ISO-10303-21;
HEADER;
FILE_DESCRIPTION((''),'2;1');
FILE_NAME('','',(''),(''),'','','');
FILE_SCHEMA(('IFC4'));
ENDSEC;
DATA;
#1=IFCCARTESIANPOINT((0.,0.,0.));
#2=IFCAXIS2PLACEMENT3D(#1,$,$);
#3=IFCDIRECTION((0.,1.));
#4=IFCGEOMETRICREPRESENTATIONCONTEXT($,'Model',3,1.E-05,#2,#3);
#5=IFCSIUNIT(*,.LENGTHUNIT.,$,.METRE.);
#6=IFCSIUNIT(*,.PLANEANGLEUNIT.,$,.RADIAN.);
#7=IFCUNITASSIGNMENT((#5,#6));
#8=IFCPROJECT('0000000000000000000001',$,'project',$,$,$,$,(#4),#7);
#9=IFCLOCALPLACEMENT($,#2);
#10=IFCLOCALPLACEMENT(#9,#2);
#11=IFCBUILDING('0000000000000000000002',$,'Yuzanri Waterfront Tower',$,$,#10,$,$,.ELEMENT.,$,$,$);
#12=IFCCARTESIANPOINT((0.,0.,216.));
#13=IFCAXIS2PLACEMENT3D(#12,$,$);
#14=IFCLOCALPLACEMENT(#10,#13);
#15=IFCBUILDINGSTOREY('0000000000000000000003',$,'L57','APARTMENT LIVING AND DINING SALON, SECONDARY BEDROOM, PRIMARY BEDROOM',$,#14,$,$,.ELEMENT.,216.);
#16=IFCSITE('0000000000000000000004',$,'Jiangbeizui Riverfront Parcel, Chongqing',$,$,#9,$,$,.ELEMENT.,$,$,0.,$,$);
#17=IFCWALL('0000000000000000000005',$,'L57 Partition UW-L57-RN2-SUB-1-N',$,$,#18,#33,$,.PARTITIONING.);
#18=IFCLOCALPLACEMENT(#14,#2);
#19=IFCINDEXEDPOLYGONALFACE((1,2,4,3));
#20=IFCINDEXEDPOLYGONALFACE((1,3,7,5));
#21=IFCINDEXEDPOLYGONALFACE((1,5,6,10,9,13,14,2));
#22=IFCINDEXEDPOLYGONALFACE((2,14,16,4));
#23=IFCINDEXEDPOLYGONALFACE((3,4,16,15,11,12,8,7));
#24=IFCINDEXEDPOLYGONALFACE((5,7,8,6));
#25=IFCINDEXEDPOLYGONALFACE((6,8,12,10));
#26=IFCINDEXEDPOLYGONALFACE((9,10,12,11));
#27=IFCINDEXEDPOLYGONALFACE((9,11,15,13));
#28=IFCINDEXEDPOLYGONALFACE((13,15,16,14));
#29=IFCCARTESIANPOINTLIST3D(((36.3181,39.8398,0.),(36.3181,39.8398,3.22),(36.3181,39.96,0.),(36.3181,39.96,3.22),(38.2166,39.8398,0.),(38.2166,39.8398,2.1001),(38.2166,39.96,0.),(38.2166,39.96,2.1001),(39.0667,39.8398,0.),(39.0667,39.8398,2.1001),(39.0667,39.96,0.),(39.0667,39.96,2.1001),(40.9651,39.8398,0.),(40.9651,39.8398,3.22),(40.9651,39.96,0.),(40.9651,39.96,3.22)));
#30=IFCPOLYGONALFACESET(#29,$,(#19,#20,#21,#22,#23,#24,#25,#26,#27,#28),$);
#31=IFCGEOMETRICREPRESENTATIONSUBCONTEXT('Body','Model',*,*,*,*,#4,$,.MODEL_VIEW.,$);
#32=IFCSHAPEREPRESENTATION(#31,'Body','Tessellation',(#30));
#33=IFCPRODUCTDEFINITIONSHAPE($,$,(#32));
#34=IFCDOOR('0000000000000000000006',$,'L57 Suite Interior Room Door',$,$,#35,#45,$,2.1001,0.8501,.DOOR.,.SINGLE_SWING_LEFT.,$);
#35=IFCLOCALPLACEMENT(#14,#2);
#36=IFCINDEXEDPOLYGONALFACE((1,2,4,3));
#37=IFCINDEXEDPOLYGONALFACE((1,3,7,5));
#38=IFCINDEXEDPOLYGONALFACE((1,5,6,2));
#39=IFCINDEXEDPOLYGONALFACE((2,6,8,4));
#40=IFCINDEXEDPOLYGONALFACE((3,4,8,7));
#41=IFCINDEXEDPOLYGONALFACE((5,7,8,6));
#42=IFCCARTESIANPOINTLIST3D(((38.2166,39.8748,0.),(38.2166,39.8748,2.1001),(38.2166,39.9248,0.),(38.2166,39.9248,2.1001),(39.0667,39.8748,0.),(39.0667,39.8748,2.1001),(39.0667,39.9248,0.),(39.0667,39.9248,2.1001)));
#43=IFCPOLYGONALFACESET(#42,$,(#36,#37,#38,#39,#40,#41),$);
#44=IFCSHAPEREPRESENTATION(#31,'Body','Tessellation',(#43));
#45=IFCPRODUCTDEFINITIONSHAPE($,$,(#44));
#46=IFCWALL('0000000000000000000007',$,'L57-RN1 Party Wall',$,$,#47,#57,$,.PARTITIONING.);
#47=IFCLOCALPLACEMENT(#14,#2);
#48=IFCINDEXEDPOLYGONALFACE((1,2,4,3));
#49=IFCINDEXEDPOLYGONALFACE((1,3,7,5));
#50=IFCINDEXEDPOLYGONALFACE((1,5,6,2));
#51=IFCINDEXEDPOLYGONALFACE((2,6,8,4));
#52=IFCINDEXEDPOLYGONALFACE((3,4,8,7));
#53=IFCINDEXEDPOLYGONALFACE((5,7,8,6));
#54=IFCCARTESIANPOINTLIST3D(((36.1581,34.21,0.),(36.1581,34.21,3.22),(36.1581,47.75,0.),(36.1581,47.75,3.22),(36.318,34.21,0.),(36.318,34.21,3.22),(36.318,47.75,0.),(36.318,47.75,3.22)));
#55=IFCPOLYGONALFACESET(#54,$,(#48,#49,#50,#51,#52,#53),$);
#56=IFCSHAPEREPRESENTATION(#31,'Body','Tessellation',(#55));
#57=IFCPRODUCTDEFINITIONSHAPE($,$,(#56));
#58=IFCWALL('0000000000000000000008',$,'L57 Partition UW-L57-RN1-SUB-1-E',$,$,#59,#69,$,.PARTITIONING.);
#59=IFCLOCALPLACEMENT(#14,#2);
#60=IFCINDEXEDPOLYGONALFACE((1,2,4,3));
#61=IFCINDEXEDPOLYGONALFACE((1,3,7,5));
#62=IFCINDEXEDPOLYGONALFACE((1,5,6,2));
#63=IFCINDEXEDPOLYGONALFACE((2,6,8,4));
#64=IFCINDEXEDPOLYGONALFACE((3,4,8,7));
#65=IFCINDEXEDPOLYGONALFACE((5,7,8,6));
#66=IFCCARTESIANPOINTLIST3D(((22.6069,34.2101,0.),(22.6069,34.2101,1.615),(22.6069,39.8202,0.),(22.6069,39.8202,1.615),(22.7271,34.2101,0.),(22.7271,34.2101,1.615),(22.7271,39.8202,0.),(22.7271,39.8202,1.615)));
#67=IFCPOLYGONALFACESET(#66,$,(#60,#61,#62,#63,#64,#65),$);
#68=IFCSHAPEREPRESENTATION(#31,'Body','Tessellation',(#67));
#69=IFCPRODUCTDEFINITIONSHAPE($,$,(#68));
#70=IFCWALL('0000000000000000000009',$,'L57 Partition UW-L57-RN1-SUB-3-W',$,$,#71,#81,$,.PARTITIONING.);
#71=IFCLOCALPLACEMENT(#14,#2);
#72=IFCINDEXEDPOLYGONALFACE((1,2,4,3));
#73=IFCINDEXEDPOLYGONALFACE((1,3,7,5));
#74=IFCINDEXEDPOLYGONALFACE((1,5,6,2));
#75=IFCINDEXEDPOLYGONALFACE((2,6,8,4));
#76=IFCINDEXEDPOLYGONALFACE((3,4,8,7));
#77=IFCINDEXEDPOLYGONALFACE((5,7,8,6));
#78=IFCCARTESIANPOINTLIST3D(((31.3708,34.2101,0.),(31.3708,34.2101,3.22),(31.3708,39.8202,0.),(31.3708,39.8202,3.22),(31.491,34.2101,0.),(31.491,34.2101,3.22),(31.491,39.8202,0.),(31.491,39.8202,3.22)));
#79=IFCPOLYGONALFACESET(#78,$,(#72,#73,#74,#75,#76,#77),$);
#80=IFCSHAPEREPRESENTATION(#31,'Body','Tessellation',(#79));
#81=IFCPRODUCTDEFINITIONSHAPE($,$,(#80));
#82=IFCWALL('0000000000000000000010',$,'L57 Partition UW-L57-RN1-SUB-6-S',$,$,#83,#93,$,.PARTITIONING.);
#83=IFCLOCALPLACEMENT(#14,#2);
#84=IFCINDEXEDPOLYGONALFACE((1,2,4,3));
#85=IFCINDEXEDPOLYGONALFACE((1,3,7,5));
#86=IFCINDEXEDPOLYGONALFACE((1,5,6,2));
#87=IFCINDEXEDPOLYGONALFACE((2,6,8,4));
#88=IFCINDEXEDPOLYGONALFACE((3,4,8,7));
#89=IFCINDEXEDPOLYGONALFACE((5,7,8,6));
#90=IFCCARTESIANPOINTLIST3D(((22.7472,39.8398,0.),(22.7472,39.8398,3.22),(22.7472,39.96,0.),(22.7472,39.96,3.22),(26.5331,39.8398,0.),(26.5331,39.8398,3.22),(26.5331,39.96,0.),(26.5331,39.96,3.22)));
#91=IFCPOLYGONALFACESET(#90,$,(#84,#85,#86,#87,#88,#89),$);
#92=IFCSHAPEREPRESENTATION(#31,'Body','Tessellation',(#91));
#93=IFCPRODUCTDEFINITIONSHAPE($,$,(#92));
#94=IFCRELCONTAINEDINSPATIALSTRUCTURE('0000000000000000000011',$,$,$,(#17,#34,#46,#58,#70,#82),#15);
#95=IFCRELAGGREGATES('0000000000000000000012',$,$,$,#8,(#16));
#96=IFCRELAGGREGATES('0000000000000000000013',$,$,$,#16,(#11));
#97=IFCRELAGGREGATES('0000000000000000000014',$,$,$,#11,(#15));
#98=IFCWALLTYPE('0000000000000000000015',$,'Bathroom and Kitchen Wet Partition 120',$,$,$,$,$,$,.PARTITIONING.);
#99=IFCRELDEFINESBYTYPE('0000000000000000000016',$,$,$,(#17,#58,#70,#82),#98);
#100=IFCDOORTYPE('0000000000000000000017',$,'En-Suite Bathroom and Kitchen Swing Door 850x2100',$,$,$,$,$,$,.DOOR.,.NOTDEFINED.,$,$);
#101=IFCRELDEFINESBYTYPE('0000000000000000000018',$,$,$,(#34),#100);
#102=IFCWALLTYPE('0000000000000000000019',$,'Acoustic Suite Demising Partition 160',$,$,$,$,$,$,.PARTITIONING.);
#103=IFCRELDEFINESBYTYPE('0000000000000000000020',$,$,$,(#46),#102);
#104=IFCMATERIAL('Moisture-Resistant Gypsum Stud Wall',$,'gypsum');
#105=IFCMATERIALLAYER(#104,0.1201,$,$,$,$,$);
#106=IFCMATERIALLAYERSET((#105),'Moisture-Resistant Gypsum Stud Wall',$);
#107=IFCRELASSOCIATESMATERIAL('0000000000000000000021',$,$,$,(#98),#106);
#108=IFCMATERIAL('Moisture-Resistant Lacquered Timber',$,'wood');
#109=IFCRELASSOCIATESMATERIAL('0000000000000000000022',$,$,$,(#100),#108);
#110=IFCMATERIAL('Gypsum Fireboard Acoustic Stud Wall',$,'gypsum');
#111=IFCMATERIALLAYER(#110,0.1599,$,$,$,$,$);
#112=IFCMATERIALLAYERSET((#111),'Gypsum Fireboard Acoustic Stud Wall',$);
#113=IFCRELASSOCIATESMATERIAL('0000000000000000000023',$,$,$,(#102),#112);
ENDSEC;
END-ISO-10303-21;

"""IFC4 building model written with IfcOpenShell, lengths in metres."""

from ifc_helpers import new_model, si_unit, direction, frame, frame_2d, origin, place, context, subcontext, project, spatial, rectangle, extrude, source, transform, mapped, material, layer, layer_set, type_object, element, fill, save


model = new_model("IFC4")

# Units and contexts
model_context = context("Model", 3, precision=1e-05, world=origin(), true_north=direction((0.0, 1.0)))
body_context = subcontext(model_context, "Body", "Model", "MODEL_VIEW")
ifc_project = project(units=[si_unit("LENGTHUNIT", "METRE"), si_unit("PLANEANGLEUNIT", "RADIAN")], contexts=[model_context])

# Site, building, storey
site_placement = place(None, origin())
site = spatial("IfcSite", under=ifc_project, at=site_placement, Name="Jiangbeizui Riverfront Parcel, Chongqing", CompositionType="ELEMENT", RefElevation=0.0)
building_placement = place(site_placement, origin())
building = spatial("IfcBuilding", under=site, at=building_placement, Name="Yuzanri Waterfront Tower", CompositionType="ELEMENT")
storey_placement = place(building_placement, frame((0.0, 0.0, 216.0)))
storey = spatial("IfcBuildingStorey", under=building, at=storey_placement, Name="L57", Description="APARTMENT LIVING AND DINING SALON, SECONDARY BEDROOM, PRIMARY BEDROOM", CompositionType="ELEMENT", Elevation=216.0)

# Wall, opening, door
ifc_material_1 = material(Name="Moisture-Resistant Gypsum Stud Wall", Category="gypsum")
ifc_layer_1 = layer(ifc_material_1, 0.1201)
ifc_layer_set_1 = layer_set([ifc_layer_1], Name="Moisture-Resistant Gypsum Stud Wall")
wall_type_1 = type_object("IfcWallType", Name="Bathroom and Kitchen Wet Partition 120", PredefinedType="PARTITIONING", material=ifc_layer_set_1)
ifc_material_2 = material(Name="Moisture-Resistant Lacquered Timber", Category="wood")
door_type_1 = type_object("IfcDoorType", Name="En-Suite Bathroom and Kitchen Swing Door 850x2100", OperationType="NOTDEFINED", PredefinedType="DOOR", material=ifc_material_2)
shared_shape_1 = source(origin(), body_context, "Body", "SweptSolid", [
    extrude(rectangle(XDim=0.8501, YDim=2.1001, at=frame_2d((0.425, 1.05))), frame((0.0, 0.0249, 0.0), z_axis=(0.0, -1.0, 0.0), x_axis=(1.0, 0.0, 0.0)), (0.0, 0.0, 1.0), 0.05),
])
wall_1_placement = place(storey_placement, frame((36.3181, 39.8999, 0.0), z_axis=(0.0, 0.0, 1.0), x_axis=(1.0, 0.0, 0.0)))
wall_1 = element("IfcWall", 1, at=wall_1_placement, inside=storey, type_object=wall_type_1, Name="L57 Partition UW-L57-RN2-SUB-1-N", PredefinedType="PARTITIONING", context=body_context, shape_type="SweptSolid", body=[
    extrude(rectangle(XDim=4.647, YDim=0.1201, at=frame_2d((2.3235, 0.0))), origin(), (0.0, 0.0, 1.0), 3.22),
])
opening_1_placement = place(wall_1_placement, frame((1.8984, 0.0, 0.0)))
opening_1 = element("IfcOpeningElement", 2, at=opening_1_placement, cuts=wall_1, PredefinedType="OPENING", context=body_context, shape_type="SweptSolid", body=[
    extrude(rectangle(XDim=0.8501, YDim=2.1001, at=frame_2d((0.425, 1.05))), frame((0.0, 0.075, 0.0), z_axis=(0.0, -1.0, 0.0), x_axis=(1.0, 0.0, 0.0)), (0.0, 0.0, 1.0), 0.1499),
])
door_1_placement = place(opening_1_placement, origin())
door_1 = element("IfcDoor", 3, at=door_1_placement, inside=storey, type_object=door_type_1, Name="L57 Suite Interior Room Door", OperationType="SINGLE_SWING_LEFT", OverallHeight=2.1001, OverallWidth=0.8501, PredefinedType="DOOR", context=body_context, shape_type="MappedRepresentation", body=[
    mapped(shared_shape_1, transform((0.0, 0.0, 0.0), scale=1.0)),
])
fill(opening_1, door_1)

# Walls
ifc_material_3 = material(Name="Gypsum Fireboard Acoustic Stud Wall", Category="gypsum")
ifc_layer_2 = layer(ifc_material_3, 0.1599)
ifc_layer_set_2 = layer_set([ifc_layer_2], Name="Gypsum Fireboard Acoustic Stud Wall")
wall_type_2 = type_object("IfcWallType", Name="Acoustic Suite Demising Partition 160", PredefinedType="PARTITIONING", material=ifc_layer_set_2)
shared_shape_2 = source(origin(), body_context, "Body", "SweptSolid", [
    extrude(rectangle(XDim=13.54, YDim=0.1599, at=frame_2d((6.77, 0.0))), origin(), (0.0, 0.0, 1.0), 3.22),
])
wall_2_placement = place(storey_placement, frame((36.238, 34.21, 0.0), z_axis=(0.0, 0.0, 1.0), x_axis=(0.0, 1.0, 0.0)))
element("IfcWall", 4, at=wall_2_placement, inside=storey, type_object=wall_type_2, Name="L57-RN1 Party Wall", PredefinedType="PARTITIONING", context=body_context, shape_type="MappedRepresentation", body=[
    mapped(shared_shape_2, transform((0.0, 0.0, 0.0), scale=1.0)),
])
shared_shape_3 = source(origin(), body_context, "Body", "SweptSolid", [
    extrude(rectangle(XDim=5.6101, YDim=0.1201, at=frame_2d((2.8052, 0.0))), origin(), (0.0, 0.0, 1.0), 1.615),
])
wall_3_placement = place(storey_placement, frame((22.667, 34.21, 0.0), z_axis=(0.0, 0.0, 1.0), x_axis=(0.0, 1.0, 0.0)))
element("IfcWall", 5, at=wall_3_placement, inside=storey, type_object=wall_type_1, Name="L57 Partition UW-L57-RN1-SUB-1-E", PredefinedType="PARTITIONING", context=body_context, shape_type="MappedRepresentation", body=[
    mapped(shared_shape_3, transform((0.0, 0.0, 0.0), scale=1.0)),
])
shared_shape_4 = source(origin(), body_context, "Body", "SweptSolid", [
    extrude(rectangle(XDim=5.6101, YDim=0.1201, at=frame_2d((2.8052, 0.0))), origin(), (0.0, 0.0, 1.0), 3.22),
])
wall_4_placement = place(storey_placement, frame((31.4309, 34.21, 0.0), z_axis=(0.0, 0.0, 1.0), x_axis=(0.0, 1.0, 0.0)))
element("IfcWall", 6, at=wall_4_placement, inside=storey, type_object=wall_type_1, Name="L57 Partition UW-L57-RN1-SUB-3-W", PredefinedType="PARTITIONING", context=body_context, shape_type="MappedRepresentation", body=[
    mapped(shared_shape_4, transform((0.0, 0.0, 0.0), scale=1.0)),
])
shared_shape_5 = source(origin(), body_context, "Body", "SweptSolid", [
    extrude(rectangle(XDim=3.7859, YDim=0.1201, at=frame_2d((1.8931, 0.0))), origin(), (0.0, 0.0, 1.0), 3.22),
])
wall_5_placement = place(storey_placement, frame((22.7471, 39.8999, 0.0), z_axis=(0.0, 0.0, 1.0), x_axis=(1.0, 0.0, 0.0)))
element("IfcWall", 7, at=wall_5_placement, inside=storey, type_object=wall_type_1, Name="L57 Partition UW-L57-RN1-SUB-6-S", PredefinedType="PARTITIONING", context=body_context, shape_type="MappedRepresentation", body=[
    mapped(shared_shape_5, transform((0.0, 0.0, 0.0), scale=1.0)),
])

save(model, "model.ifc")
